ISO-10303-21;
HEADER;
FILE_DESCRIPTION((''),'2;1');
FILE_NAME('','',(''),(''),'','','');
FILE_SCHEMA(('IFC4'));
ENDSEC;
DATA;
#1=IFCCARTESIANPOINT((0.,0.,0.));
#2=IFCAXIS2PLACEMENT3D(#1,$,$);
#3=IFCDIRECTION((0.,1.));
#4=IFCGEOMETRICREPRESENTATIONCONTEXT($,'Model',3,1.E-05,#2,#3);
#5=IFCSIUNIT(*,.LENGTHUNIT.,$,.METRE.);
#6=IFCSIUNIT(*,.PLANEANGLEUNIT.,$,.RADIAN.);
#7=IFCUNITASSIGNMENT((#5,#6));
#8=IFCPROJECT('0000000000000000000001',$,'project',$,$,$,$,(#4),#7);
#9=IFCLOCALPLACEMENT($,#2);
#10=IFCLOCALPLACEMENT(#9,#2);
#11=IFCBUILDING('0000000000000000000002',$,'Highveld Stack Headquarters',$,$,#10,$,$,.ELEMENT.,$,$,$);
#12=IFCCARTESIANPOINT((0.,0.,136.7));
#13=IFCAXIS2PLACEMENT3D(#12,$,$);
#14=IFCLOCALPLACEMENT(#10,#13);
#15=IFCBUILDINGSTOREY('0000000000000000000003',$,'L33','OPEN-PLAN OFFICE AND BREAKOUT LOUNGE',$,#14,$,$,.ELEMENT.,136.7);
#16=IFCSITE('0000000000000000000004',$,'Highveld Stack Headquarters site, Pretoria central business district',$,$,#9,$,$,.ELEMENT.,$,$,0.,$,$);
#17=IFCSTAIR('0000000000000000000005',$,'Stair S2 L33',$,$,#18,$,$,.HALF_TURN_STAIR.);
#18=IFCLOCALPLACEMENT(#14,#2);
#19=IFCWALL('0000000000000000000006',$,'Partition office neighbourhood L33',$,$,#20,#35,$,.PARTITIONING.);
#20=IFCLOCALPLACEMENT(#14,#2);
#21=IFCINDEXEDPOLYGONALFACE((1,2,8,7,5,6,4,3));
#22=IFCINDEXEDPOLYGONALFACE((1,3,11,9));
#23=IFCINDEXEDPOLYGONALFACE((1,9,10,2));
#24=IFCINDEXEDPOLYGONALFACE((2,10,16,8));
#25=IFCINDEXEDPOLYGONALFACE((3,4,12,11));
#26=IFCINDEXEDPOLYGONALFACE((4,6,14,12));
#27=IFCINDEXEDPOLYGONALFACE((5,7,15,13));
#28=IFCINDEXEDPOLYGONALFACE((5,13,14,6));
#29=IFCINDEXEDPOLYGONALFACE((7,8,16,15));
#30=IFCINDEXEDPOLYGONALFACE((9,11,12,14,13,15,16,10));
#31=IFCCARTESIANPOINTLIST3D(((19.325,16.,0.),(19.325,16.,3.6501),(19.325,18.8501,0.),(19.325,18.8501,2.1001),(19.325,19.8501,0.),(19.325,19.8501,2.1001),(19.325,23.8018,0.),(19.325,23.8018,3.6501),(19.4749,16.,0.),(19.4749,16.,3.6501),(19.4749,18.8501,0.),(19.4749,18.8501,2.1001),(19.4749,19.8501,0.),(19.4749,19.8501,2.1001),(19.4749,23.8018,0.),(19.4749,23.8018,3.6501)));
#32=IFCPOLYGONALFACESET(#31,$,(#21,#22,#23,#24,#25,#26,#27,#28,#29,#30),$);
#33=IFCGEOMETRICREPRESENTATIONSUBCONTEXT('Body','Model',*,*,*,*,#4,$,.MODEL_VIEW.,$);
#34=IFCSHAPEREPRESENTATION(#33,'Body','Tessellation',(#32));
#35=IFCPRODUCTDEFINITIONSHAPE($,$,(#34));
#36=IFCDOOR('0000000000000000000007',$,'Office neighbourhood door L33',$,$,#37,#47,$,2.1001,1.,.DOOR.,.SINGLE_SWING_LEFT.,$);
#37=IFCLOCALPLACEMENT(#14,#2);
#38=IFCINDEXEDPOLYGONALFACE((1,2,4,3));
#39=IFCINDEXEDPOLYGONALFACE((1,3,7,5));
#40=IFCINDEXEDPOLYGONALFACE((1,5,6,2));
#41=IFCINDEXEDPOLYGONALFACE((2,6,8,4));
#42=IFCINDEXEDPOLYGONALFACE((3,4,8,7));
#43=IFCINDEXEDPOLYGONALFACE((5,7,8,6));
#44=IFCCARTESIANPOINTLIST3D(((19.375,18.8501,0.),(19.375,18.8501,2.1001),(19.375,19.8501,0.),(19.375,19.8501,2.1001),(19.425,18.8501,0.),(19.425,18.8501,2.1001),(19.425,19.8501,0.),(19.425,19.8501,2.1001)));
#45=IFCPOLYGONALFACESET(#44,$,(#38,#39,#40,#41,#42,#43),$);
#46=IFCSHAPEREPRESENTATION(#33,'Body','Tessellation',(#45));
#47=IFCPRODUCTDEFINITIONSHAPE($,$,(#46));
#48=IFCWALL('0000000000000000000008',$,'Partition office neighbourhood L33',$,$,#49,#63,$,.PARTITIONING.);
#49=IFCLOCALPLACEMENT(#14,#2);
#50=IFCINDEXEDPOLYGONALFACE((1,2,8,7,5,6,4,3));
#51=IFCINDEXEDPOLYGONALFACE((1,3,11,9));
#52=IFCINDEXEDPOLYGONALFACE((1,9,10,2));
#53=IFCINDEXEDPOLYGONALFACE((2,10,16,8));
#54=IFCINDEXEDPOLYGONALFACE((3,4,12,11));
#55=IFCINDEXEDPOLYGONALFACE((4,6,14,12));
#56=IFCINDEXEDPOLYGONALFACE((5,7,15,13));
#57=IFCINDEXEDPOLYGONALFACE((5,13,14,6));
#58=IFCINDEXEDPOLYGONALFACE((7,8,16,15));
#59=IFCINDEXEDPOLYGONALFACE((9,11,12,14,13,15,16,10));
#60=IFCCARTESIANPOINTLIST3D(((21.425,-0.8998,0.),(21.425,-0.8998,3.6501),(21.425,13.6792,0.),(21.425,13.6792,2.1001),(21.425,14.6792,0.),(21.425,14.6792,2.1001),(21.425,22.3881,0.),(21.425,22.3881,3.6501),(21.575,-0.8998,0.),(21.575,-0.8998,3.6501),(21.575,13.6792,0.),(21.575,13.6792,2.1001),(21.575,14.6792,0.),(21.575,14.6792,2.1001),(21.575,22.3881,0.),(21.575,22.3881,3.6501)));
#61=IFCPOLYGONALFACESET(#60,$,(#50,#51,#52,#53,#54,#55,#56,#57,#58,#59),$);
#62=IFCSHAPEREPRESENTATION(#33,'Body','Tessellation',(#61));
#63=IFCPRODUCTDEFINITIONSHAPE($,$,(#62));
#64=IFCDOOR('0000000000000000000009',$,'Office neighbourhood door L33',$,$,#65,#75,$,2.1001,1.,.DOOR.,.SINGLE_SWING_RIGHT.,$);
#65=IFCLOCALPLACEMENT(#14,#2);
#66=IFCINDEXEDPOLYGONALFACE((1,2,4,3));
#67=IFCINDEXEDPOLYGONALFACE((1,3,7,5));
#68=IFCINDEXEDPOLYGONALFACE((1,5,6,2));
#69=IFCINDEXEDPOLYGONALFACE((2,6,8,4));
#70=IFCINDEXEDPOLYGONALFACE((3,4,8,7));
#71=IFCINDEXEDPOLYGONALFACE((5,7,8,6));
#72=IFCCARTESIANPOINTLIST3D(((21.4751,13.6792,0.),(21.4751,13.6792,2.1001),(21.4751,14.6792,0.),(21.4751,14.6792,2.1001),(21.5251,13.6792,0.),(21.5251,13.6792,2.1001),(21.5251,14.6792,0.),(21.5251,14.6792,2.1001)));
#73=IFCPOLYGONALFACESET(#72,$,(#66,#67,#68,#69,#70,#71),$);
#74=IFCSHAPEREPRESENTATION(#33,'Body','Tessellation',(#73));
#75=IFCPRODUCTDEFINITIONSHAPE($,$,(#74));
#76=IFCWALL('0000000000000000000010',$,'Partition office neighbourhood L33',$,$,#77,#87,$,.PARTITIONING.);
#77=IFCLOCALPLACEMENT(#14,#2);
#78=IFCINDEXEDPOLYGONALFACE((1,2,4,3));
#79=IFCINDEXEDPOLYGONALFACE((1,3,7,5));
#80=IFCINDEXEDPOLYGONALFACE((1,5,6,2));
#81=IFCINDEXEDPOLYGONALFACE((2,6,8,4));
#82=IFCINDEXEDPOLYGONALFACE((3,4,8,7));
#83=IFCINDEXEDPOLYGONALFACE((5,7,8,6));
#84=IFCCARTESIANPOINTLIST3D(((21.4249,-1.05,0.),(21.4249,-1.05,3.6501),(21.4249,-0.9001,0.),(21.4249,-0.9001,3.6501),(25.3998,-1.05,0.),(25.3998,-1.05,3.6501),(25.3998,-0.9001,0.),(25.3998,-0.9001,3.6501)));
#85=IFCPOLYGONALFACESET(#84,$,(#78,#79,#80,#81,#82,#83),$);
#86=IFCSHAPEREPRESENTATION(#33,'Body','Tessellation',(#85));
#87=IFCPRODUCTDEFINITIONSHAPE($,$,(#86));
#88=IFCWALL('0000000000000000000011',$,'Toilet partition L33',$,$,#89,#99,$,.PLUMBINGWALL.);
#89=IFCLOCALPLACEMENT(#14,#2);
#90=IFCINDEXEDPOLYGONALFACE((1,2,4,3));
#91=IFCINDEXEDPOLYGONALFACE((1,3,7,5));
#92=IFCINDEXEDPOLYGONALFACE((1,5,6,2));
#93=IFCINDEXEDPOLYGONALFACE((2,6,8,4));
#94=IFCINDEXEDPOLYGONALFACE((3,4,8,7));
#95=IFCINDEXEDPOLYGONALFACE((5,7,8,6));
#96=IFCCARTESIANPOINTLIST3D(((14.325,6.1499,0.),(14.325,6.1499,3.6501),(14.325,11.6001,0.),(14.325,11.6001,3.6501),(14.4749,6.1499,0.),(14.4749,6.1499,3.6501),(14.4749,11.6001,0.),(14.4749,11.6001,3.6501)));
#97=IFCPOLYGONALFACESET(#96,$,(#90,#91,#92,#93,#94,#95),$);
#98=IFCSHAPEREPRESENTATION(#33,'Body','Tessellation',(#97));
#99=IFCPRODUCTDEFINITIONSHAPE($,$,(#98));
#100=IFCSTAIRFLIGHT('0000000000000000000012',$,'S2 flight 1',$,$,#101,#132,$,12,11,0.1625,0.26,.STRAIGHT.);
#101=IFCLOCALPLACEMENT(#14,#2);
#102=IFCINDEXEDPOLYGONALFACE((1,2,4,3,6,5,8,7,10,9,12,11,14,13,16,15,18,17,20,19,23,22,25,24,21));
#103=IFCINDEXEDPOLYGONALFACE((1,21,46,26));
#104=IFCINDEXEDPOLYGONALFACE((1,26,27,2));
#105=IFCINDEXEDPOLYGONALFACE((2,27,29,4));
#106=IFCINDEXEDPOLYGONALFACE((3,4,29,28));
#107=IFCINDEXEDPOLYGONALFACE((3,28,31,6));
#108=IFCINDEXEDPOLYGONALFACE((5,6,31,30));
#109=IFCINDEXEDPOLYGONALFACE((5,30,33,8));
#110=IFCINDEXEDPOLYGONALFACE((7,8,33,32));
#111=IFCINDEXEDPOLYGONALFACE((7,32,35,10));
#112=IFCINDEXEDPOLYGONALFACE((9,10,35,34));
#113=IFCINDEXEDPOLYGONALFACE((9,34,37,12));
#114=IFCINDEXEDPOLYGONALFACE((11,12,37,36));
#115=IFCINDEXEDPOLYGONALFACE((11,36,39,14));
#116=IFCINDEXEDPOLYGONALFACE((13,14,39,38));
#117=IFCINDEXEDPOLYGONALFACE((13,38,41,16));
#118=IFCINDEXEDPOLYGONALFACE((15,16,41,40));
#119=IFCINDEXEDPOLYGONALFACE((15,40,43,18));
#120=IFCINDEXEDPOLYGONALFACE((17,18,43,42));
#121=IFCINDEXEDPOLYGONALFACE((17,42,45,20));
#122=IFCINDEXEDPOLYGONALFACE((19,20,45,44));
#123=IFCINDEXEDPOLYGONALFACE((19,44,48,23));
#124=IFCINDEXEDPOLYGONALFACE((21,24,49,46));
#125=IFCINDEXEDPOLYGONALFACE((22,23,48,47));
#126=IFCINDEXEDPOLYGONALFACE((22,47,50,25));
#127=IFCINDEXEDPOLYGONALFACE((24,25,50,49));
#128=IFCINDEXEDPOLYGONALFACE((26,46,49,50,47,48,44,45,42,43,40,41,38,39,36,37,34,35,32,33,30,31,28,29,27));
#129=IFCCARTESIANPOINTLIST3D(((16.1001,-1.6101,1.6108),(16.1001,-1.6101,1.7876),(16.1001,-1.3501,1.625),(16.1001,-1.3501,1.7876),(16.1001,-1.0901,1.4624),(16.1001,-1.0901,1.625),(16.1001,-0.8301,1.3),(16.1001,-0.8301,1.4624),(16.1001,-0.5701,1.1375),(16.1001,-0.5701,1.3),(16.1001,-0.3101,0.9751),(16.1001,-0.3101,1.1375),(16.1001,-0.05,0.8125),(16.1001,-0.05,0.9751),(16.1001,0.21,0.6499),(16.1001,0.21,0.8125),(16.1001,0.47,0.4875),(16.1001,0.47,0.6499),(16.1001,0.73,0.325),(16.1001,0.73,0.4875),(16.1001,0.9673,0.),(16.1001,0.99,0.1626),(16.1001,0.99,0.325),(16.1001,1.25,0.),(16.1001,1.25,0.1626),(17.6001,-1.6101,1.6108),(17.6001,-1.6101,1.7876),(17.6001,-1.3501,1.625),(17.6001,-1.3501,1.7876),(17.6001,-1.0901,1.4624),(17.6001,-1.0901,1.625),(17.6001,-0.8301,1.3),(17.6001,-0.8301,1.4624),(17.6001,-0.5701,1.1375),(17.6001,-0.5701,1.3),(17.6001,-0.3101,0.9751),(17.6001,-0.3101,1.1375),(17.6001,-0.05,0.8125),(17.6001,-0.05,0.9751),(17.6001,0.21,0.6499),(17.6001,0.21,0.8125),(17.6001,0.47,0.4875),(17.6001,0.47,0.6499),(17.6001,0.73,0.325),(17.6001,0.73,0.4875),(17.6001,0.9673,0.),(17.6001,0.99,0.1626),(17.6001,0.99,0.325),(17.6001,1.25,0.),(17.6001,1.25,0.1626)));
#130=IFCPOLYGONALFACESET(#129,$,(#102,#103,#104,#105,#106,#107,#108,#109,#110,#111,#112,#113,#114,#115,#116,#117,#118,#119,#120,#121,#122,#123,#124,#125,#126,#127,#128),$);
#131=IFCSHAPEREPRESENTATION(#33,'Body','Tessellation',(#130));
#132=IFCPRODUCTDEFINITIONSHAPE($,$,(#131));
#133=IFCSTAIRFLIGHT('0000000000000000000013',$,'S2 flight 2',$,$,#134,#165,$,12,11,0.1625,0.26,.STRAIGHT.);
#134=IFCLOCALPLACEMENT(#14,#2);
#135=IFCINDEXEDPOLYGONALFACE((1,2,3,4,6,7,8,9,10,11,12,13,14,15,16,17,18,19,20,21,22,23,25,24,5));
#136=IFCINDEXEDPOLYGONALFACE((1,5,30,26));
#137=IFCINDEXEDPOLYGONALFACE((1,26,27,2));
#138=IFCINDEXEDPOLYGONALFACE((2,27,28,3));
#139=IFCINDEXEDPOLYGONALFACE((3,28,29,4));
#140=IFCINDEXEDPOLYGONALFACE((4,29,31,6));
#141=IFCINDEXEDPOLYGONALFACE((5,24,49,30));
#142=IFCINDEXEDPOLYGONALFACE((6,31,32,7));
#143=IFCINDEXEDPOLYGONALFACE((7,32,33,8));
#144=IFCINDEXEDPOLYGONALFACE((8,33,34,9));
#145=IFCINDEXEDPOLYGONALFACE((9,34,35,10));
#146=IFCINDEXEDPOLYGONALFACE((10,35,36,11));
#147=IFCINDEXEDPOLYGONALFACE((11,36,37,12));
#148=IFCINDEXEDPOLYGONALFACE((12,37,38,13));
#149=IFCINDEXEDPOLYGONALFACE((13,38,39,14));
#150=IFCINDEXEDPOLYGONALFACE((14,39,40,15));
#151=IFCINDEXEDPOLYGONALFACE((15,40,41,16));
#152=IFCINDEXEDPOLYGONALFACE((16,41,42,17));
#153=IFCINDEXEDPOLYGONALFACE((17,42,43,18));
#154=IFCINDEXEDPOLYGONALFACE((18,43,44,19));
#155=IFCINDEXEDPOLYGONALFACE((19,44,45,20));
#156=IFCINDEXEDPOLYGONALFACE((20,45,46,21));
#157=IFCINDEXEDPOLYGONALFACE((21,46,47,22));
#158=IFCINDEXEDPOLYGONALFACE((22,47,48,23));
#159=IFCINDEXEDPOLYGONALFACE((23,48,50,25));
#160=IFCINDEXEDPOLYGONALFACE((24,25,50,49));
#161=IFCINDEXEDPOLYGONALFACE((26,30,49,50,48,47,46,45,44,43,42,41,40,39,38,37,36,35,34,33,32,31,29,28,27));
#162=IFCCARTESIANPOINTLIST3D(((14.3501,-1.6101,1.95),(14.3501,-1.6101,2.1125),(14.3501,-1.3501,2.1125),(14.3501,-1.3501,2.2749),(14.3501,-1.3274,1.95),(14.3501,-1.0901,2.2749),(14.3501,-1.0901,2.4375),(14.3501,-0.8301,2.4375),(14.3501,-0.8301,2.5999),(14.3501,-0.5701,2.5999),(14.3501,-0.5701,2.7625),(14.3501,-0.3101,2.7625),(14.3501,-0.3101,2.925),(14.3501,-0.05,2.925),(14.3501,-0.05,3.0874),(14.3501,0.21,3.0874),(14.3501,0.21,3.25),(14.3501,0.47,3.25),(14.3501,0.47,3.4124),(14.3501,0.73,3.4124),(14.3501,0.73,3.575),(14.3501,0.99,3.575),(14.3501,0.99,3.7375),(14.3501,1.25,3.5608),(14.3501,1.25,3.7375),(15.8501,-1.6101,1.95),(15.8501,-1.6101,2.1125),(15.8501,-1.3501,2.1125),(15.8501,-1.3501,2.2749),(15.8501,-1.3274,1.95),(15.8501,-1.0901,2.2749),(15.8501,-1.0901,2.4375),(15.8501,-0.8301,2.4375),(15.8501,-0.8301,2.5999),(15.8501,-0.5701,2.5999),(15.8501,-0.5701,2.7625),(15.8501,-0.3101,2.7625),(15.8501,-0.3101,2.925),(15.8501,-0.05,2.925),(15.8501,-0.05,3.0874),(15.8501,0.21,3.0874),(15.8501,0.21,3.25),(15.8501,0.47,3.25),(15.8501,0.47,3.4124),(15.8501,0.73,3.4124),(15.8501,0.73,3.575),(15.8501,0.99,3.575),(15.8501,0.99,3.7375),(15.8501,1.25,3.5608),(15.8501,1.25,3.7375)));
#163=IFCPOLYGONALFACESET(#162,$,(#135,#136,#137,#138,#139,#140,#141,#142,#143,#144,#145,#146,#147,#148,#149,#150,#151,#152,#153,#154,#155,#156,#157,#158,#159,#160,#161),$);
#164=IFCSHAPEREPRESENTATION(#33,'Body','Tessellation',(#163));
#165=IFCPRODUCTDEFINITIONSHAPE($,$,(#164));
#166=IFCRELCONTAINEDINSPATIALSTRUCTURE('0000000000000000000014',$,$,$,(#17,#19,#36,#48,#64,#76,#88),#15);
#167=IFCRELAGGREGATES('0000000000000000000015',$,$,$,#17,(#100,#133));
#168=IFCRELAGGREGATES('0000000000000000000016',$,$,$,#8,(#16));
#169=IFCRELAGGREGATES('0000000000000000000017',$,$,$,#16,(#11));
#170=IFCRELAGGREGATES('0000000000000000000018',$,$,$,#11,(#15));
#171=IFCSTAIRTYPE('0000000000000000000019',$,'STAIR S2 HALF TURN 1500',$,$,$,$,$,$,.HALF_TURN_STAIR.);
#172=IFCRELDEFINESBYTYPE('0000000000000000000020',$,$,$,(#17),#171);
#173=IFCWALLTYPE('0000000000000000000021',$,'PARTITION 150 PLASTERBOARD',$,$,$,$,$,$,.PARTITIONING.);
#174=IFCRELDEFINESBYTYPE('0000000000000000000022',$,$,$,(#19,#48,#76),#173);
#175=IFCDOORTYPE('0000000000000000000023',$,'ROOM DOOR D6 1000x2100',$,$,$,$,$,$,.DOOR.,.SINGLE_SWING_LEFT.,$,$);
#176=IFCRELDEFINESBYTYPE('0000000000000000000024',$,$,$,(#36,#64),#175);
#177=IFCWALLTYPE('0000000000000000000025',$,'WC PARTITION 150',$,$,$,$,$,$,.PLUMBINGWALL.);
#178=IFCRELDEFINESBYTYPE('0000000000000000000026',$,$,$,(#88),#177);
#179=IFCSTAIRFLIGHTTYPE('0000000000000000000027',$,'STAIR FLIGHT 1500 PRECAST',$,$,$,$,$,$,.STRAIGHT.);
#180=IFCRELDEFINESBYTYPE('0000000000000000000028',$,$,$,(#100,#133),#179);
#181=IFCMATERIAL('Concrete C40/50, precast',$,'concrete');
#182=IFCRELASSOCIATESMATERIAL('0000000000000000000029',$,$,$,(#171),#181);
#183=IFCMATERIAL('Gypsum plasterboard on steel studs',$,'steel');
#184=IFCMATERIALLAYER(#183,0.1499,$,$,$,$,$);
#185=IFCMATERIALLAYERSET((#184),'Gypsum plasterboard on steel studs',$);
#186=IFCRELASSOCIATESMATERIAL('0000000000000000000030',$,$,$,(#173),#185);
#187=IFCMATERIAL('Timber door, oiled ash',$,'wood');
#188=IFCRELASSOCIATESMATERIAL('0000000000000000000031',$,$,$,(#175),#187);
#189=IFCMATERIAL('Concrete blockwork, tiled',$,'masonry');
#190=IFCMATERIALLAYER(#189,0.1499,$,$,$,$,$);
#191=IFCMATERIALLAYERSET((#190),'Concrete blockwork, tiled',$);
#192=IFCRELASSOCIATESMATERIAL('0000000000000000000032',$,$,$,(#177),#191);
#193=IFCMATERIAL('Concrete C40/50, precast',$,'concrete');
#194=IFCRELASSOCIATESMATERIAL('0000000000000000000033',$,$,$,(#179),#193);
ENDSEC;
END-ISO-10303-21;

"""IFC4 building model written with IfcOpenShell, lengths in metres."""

from ifc_helpers import new_model, si_unit, direction, frame, frame_2d, origin, place, context, subcontext, project, spatial, polyline, rectangle, outline, extrude, material, layer, layer_set, type_object, element, fill, aggregate, save


model = new_model("IFC4")

# Units and contexts
model_context = context("Model", 3, precision=1e-05, world=origin(), true_north=direction((0.0, 1.0)))
body_context = subcontext(model_context, "Body", "Model", "MODEL_VIEW")
ifc_project = project(units=[si_unit("LENGTHUNIT", "METRE"), si_unit("PLANEANGLEUNIT", "RADIAN")], contexts=[model_context])

# Site, building, storey
site_placement = place(None, origin())
site = spatial("IfcSite", under=ifc_project, at=site_placement, Name="Highveld Stack Headquarters site, Pretoria central business district", CompositionType="ELEMENT", RefElevation=0.0)
building_placement = place(site_placement, origin())
building = spatial("IfcBuilding", under=site, at=building_placement, Name="Highveld Stack Headquarters", CompositionType="ELEMENT")
storey_placement = place(building_placement, frame((0.0, 0.0, 136.7)))
storey = spatial("IfcBuildingStorey", under=building, at=storey_placement, Name="L33", Description="OPEN-PLAN OFFICE AND BREAKOUT LOUNGE", CompositionType="ELEMENT", Elevation=136.7)

# Stair
ifc_material_1 = material(Name="Concrete C40/50, precast", Category="concrete")
stair_type_1 = type_object("IfcStairType", Name="STAIR S2 HALF TURN 1500", PredefinedType="HALF_TURN_STAIR", material=ifc_material_1)
stair_1_placement = place(storey_placement, origin())
stair_1 = element("IfcStair", 1, at=stair_1_placement, inside=storey, type_object=stair_type_1, Name="Stair S2 L33", PredefinedType="HALF_TURN_STAIR")

# Walls, openings, doors
ifc_material_2 = material(Name="Gypsum plasterboard on steel studs", Category="steel")
ifc_layer_1 = layer(ifc_material_2, 0.1499)
ifc_layer_set_1 = layer_set([ifc_layer_1], Name="Gypsum plasterboard on steel studs")
wall_type_1 = type_object("IfcWallType", Name="PARTITION 150 PLASTERBOARD", PredefinedType="PARTITIONING", material=ifc_layer_set_1)
wall_1_placement = place(storey_placement, frame((19.3999, 16.0, 0.0), z_axis=(0.0, 0.0, 1.0), x_axis=(0.0, 1.0, 0.0)))
wall_1 = element("IfcWall", 2, at=wall_1_placement, inside=storey, type_object=wall_type_1, Name="Partition office neighbourhood L33", PredefinedType="PARTITIONING", context=body_context, shape_type="SweptSolid", body=[
    extrude(rectangle(XDim=7.8018, YDim=0.1499, at=frame_2d((3.9009, 0.0))), origin(), (0.0, 0.0, 1.0), 3.6501),
])
opening_1_placement = place(wall_1_placement, frame((2.8501, 0.0, 0.0)))
opening_1 = element("IfcOpeningElement", 3, at=opening_1_placement, cuts=wall_1, PredefinedType="OPENING", context=body_context, shape_type="SweptSolid", body=[
    extrude(rectangle(XDim=1.0, YDim=2.1001, at=frame_2d((0.5, 1.05))), frame((0.0, 0.085, 0.0), z_axis=(0.0, -1.0, 0.0), x_axis=(1.0, 0.0, 0.0)), (0.0, 0.0, 1.0), 0.1699),
])
ifc_material_3 = material(Name="Timber door, oiled ash", Category="wood")
door_type_1 = type_object("IfcDoorType", Name="ROOM DOOR D6 1000x2100", OperationType="SINGLE_SWING_LEFT", PredefinedType="DOOR", material=ifc_material_3)
door_1_placement = place(opening_1_placement, origin())
door_1 = element("IfcDoor", 4, at=door_1_placement, inside=storey, type_object=door_type_1, Name="Office neighbourhood door L33", OperationType="SINGLE_SWING_LEFT", OverallHeight=2.1001, OverallWidth=1.0, PredefinedType="DOOR", context=body_context, shape_type="SweptSolid", body=[
    extrude(rectangle(XDim=1.0, YDim=2.1001, at=frame_2d((0.5, 1.05))), frame((0.0, 0.0249, 0.0), z_axis=(0.0, -1.0, 0.0), x_axis=(1.0, 0.0, 0.0)), (0.0, 0.0, 1.0), 0.05),
])
fill(opening_1, door_1)
wall_2_placement = place(storey_placement, frame((21.5, -0.8999, 0.0), z_axis=(0.0, 0.0, 1.0), x_axis=(0.0, 1.0, 0.0)))
wall_2 = element("IfcWall", 5, at=wall_2_placement, inside=storey, type_object=wall_type_1, Name="Partition office neighbourhood L33", PredefinedType="PARTITIONING", context=body_context, shape_type="SweptSolid", body=[
    extrude(rectangle(XDim=23.2878, YDim=0.1499, at=frame_2d((11.644, 0.0))), origin(), (0.0, 0.0, 1.0), 3.6501),
])
opening_2_placement = place(wall_2_placement, frame((14.5791, 0.0, 0.0)))
opening_2 = element("IfcOpeningElement", 6, at=opening_2_placement, cuts=wall_2, PredefinedType="OPENING", context=body_context, shape_type="SweptSolid", body=[
    extrude(rectangle(XDim=1.0, YDim=2.1001, at=frame_2d((0.5, 1.05))), frame((0.0, 0.085, 0.0), z_axis=(0.0, -1.0, 0.0), x_axis=(1.0, 0.0, 0.0)), (0.0, 0.0, 1.0), 0.1699),
])
door_2_placement = place(opening_2_placement, origin())
door_2 = element("IfcDoor", 7, at=door_2_placement, inside=storey, type_object=door_type_1, Name="Office neighbourhood door L33", OperationType="SINGLE_SWING_RIGHT", OverallHeight=2.1001, OverallWidth=1.0, PredefinedType="DOOR", context=body_context, shape_type="SweptSolid", body=[
    extrude(rectangle(XDim=1.0, YDim=2.1001, at=frame_2d((0.5, 1.05))), frame((0.0, 0.0249, 0.0), z_axis=(0.0, -1.0, 0.0), x_axis=(1.0, 0.0, 0.0)), (0.0, 0.0, 1.0), 0.05),
])
fill(opening_2, door_2)

# Walls
wall_3_placement = place(storey_placement, frame((21.425, -0.9751, 0.0), z_axis=(0.0, 0.0, 1.0), x_axis=(1.0, 0.0, 0.0)))
element("IfcWall", 8, at=wall_3_placement, inside=storey, type_object=wall_type_1, Name="Partition office neighbourhood L33", PredefinedType="PARTITIONING", context=body_context, shape_type="SweptSolid", body=[
    extrude(rectangle(XDim=3.9749, YDim=0.1499, at=frame_2d((1.9873, 0.0))), origin(), (0.0, 0.0, 1.0), 3.6501),
])
ifc_material_4 = material(Name="Concrete blockwork, tiled", Category="masonry")
ifc_layer_2 = layer(ifc_material_4, 0.1499)
ifc_layer_set_2 = layer_set([ifc_layer_2], Name="Concrete blockwork, tiled")
wall_type_2 = type_object("IfcWallType", Name="WC PARTITION 150", PredefinedType="PLUMBINGWALL", material=ifc_layer_set_2)
wall_4_placement = place(storey_placement, frame((14.3999, 6.1499, 0.0), z_axis=(0.0, 0.0, 1.0), x_axis=(0.0, 1.0, 0.0)))
element("IfcWall", 9, at=wall_4_placement, inside=storey, type_object=wall_type_2, Name="Toilet partition L33", PredefinedType="PLUMBINGWALL", context=body_context, shape_type="SweptSolid", body=[
    extrude(rectangle(XDim=5.4502, YDim=0.1499, at=frame_2d((2.7251, 0.0))), origin(), (0.0, 0.0, 1.0), 3.6501),
])

# Stair flights
ifc_material_5 = material(Name="Concrete C40/50, precast", Category="concrete")
stair_flight_type = type_object("IfcStairFlightType", Name="STAIR FLIGHT 1500 PRECAST", PredefinedType="STRAIGHT", material=ifc_material_5)
stair_flight_1_placement = place(storey_placement, frame((16.8501, 1.25, 0.0), z_axis=(0.0, 0.0, 1.0), x_axis=(0.0, -1.0, 0.0)))
stair_flight_1 = element("IfcStairFlight", 10, at=stair_flight_1_placement, type_object=stair_flight_type, Name="S2 flight 1", NumberOfRisers=12, NumberOfTreads=11, PredefinedType="STRAIGHT", RiserHeight=0.1625, TreadLength=0.26, context=body_context, shape_type="SweptSolid", body=[
    extrude(outline(polyline([(0.0, 0.0), (0.0, 0.1626), (0.26, 0.1626), (0.26, 0.325), (0.52, 0.325), (0.52, 0.4875), (0.78, 0.4875), (0.78, 0.6499), (1.04, 0.6499), (1.04, 0.8125), (1.3, 0.8125), (1.3, 0.9751), (1.5601, 0.9751), (1.5601, 1.1375), (1.8201, 1.1375), (1.8201, 1.3), (2.0801, 1.3), (2.0801, 1.4624), (2.3401, 1.4624), (2.3401, 1.625), (2.6001, 1.625), (2.6001, 1.7876), (2.8601, 1.7876), (2.8601, 1.95), (2.8601, 1.6108), (0.2827, 0.0), (0.0, 0.0)])), frame((0.0, 0.75, 0.0), z_axis=(0.0, -1.0, 0.0), x_axis=(1.0, 0.0, 0.0)), (0.0, 0.0, 1.0), 1.5),
])
stair_flight_2_placement = place(storey_placement, frame((15.1001, -1.6101, 1.95), z_axis=(0.0, 0.0, 1.0), x_axis=(0.0, 1.0, 0.0)))
stair_flight_2 = element("IfcStairFlight", 11, at=stair_flight_2_placement, type_object=stair_flight_type, Name="S2 flight 2", NumberOfRisers=12, NumberOfTreads=11, PredefinedType="STRAIGHT", RiserHeight=0.1625, TreadLength=0.26, context=body_context, shape_type="SweptSolid", body=[
    extrude(outline(polyline([(0.0, 0.0), (0.0, 0.1626), (0.26, 0.1626), (0.26, 0.325), (0.52, 0.325), (0.52, 0.4875), (0.78, 0.4875), (0.78, 0.6499), (1.04, 0.6499), (1.04, 0.8125), (1.3, 0.8125), (1.3, 0.9751), (1.5601, 0.9751), (1.5601, 1.1375), (1.8201, 1.1375), (1.8201, 1.3), (2.0801, 1.3), (2.0801, 1.4624), (2.3401, 1.4624), (2.3401, 1.625), (2.6001, 1.625), (2.6001, 1.7876), (2.8601, 1.7876), (2.8601, 1.95), (2.8601, 1.6108), (0.2827, 0.0), (0.0, 0.0)])), frame((0.0, 0.75, 0.0), z_axis=(0.0, -1.0, 0.0), x_axis=(1.0, 0.0, 0.0)), (0.0, 0.0, 1.0), 1.5),
])
aggregate(stair_1, [stair_flight_1, stair_flight_2])

save(model, "model.ifc")
